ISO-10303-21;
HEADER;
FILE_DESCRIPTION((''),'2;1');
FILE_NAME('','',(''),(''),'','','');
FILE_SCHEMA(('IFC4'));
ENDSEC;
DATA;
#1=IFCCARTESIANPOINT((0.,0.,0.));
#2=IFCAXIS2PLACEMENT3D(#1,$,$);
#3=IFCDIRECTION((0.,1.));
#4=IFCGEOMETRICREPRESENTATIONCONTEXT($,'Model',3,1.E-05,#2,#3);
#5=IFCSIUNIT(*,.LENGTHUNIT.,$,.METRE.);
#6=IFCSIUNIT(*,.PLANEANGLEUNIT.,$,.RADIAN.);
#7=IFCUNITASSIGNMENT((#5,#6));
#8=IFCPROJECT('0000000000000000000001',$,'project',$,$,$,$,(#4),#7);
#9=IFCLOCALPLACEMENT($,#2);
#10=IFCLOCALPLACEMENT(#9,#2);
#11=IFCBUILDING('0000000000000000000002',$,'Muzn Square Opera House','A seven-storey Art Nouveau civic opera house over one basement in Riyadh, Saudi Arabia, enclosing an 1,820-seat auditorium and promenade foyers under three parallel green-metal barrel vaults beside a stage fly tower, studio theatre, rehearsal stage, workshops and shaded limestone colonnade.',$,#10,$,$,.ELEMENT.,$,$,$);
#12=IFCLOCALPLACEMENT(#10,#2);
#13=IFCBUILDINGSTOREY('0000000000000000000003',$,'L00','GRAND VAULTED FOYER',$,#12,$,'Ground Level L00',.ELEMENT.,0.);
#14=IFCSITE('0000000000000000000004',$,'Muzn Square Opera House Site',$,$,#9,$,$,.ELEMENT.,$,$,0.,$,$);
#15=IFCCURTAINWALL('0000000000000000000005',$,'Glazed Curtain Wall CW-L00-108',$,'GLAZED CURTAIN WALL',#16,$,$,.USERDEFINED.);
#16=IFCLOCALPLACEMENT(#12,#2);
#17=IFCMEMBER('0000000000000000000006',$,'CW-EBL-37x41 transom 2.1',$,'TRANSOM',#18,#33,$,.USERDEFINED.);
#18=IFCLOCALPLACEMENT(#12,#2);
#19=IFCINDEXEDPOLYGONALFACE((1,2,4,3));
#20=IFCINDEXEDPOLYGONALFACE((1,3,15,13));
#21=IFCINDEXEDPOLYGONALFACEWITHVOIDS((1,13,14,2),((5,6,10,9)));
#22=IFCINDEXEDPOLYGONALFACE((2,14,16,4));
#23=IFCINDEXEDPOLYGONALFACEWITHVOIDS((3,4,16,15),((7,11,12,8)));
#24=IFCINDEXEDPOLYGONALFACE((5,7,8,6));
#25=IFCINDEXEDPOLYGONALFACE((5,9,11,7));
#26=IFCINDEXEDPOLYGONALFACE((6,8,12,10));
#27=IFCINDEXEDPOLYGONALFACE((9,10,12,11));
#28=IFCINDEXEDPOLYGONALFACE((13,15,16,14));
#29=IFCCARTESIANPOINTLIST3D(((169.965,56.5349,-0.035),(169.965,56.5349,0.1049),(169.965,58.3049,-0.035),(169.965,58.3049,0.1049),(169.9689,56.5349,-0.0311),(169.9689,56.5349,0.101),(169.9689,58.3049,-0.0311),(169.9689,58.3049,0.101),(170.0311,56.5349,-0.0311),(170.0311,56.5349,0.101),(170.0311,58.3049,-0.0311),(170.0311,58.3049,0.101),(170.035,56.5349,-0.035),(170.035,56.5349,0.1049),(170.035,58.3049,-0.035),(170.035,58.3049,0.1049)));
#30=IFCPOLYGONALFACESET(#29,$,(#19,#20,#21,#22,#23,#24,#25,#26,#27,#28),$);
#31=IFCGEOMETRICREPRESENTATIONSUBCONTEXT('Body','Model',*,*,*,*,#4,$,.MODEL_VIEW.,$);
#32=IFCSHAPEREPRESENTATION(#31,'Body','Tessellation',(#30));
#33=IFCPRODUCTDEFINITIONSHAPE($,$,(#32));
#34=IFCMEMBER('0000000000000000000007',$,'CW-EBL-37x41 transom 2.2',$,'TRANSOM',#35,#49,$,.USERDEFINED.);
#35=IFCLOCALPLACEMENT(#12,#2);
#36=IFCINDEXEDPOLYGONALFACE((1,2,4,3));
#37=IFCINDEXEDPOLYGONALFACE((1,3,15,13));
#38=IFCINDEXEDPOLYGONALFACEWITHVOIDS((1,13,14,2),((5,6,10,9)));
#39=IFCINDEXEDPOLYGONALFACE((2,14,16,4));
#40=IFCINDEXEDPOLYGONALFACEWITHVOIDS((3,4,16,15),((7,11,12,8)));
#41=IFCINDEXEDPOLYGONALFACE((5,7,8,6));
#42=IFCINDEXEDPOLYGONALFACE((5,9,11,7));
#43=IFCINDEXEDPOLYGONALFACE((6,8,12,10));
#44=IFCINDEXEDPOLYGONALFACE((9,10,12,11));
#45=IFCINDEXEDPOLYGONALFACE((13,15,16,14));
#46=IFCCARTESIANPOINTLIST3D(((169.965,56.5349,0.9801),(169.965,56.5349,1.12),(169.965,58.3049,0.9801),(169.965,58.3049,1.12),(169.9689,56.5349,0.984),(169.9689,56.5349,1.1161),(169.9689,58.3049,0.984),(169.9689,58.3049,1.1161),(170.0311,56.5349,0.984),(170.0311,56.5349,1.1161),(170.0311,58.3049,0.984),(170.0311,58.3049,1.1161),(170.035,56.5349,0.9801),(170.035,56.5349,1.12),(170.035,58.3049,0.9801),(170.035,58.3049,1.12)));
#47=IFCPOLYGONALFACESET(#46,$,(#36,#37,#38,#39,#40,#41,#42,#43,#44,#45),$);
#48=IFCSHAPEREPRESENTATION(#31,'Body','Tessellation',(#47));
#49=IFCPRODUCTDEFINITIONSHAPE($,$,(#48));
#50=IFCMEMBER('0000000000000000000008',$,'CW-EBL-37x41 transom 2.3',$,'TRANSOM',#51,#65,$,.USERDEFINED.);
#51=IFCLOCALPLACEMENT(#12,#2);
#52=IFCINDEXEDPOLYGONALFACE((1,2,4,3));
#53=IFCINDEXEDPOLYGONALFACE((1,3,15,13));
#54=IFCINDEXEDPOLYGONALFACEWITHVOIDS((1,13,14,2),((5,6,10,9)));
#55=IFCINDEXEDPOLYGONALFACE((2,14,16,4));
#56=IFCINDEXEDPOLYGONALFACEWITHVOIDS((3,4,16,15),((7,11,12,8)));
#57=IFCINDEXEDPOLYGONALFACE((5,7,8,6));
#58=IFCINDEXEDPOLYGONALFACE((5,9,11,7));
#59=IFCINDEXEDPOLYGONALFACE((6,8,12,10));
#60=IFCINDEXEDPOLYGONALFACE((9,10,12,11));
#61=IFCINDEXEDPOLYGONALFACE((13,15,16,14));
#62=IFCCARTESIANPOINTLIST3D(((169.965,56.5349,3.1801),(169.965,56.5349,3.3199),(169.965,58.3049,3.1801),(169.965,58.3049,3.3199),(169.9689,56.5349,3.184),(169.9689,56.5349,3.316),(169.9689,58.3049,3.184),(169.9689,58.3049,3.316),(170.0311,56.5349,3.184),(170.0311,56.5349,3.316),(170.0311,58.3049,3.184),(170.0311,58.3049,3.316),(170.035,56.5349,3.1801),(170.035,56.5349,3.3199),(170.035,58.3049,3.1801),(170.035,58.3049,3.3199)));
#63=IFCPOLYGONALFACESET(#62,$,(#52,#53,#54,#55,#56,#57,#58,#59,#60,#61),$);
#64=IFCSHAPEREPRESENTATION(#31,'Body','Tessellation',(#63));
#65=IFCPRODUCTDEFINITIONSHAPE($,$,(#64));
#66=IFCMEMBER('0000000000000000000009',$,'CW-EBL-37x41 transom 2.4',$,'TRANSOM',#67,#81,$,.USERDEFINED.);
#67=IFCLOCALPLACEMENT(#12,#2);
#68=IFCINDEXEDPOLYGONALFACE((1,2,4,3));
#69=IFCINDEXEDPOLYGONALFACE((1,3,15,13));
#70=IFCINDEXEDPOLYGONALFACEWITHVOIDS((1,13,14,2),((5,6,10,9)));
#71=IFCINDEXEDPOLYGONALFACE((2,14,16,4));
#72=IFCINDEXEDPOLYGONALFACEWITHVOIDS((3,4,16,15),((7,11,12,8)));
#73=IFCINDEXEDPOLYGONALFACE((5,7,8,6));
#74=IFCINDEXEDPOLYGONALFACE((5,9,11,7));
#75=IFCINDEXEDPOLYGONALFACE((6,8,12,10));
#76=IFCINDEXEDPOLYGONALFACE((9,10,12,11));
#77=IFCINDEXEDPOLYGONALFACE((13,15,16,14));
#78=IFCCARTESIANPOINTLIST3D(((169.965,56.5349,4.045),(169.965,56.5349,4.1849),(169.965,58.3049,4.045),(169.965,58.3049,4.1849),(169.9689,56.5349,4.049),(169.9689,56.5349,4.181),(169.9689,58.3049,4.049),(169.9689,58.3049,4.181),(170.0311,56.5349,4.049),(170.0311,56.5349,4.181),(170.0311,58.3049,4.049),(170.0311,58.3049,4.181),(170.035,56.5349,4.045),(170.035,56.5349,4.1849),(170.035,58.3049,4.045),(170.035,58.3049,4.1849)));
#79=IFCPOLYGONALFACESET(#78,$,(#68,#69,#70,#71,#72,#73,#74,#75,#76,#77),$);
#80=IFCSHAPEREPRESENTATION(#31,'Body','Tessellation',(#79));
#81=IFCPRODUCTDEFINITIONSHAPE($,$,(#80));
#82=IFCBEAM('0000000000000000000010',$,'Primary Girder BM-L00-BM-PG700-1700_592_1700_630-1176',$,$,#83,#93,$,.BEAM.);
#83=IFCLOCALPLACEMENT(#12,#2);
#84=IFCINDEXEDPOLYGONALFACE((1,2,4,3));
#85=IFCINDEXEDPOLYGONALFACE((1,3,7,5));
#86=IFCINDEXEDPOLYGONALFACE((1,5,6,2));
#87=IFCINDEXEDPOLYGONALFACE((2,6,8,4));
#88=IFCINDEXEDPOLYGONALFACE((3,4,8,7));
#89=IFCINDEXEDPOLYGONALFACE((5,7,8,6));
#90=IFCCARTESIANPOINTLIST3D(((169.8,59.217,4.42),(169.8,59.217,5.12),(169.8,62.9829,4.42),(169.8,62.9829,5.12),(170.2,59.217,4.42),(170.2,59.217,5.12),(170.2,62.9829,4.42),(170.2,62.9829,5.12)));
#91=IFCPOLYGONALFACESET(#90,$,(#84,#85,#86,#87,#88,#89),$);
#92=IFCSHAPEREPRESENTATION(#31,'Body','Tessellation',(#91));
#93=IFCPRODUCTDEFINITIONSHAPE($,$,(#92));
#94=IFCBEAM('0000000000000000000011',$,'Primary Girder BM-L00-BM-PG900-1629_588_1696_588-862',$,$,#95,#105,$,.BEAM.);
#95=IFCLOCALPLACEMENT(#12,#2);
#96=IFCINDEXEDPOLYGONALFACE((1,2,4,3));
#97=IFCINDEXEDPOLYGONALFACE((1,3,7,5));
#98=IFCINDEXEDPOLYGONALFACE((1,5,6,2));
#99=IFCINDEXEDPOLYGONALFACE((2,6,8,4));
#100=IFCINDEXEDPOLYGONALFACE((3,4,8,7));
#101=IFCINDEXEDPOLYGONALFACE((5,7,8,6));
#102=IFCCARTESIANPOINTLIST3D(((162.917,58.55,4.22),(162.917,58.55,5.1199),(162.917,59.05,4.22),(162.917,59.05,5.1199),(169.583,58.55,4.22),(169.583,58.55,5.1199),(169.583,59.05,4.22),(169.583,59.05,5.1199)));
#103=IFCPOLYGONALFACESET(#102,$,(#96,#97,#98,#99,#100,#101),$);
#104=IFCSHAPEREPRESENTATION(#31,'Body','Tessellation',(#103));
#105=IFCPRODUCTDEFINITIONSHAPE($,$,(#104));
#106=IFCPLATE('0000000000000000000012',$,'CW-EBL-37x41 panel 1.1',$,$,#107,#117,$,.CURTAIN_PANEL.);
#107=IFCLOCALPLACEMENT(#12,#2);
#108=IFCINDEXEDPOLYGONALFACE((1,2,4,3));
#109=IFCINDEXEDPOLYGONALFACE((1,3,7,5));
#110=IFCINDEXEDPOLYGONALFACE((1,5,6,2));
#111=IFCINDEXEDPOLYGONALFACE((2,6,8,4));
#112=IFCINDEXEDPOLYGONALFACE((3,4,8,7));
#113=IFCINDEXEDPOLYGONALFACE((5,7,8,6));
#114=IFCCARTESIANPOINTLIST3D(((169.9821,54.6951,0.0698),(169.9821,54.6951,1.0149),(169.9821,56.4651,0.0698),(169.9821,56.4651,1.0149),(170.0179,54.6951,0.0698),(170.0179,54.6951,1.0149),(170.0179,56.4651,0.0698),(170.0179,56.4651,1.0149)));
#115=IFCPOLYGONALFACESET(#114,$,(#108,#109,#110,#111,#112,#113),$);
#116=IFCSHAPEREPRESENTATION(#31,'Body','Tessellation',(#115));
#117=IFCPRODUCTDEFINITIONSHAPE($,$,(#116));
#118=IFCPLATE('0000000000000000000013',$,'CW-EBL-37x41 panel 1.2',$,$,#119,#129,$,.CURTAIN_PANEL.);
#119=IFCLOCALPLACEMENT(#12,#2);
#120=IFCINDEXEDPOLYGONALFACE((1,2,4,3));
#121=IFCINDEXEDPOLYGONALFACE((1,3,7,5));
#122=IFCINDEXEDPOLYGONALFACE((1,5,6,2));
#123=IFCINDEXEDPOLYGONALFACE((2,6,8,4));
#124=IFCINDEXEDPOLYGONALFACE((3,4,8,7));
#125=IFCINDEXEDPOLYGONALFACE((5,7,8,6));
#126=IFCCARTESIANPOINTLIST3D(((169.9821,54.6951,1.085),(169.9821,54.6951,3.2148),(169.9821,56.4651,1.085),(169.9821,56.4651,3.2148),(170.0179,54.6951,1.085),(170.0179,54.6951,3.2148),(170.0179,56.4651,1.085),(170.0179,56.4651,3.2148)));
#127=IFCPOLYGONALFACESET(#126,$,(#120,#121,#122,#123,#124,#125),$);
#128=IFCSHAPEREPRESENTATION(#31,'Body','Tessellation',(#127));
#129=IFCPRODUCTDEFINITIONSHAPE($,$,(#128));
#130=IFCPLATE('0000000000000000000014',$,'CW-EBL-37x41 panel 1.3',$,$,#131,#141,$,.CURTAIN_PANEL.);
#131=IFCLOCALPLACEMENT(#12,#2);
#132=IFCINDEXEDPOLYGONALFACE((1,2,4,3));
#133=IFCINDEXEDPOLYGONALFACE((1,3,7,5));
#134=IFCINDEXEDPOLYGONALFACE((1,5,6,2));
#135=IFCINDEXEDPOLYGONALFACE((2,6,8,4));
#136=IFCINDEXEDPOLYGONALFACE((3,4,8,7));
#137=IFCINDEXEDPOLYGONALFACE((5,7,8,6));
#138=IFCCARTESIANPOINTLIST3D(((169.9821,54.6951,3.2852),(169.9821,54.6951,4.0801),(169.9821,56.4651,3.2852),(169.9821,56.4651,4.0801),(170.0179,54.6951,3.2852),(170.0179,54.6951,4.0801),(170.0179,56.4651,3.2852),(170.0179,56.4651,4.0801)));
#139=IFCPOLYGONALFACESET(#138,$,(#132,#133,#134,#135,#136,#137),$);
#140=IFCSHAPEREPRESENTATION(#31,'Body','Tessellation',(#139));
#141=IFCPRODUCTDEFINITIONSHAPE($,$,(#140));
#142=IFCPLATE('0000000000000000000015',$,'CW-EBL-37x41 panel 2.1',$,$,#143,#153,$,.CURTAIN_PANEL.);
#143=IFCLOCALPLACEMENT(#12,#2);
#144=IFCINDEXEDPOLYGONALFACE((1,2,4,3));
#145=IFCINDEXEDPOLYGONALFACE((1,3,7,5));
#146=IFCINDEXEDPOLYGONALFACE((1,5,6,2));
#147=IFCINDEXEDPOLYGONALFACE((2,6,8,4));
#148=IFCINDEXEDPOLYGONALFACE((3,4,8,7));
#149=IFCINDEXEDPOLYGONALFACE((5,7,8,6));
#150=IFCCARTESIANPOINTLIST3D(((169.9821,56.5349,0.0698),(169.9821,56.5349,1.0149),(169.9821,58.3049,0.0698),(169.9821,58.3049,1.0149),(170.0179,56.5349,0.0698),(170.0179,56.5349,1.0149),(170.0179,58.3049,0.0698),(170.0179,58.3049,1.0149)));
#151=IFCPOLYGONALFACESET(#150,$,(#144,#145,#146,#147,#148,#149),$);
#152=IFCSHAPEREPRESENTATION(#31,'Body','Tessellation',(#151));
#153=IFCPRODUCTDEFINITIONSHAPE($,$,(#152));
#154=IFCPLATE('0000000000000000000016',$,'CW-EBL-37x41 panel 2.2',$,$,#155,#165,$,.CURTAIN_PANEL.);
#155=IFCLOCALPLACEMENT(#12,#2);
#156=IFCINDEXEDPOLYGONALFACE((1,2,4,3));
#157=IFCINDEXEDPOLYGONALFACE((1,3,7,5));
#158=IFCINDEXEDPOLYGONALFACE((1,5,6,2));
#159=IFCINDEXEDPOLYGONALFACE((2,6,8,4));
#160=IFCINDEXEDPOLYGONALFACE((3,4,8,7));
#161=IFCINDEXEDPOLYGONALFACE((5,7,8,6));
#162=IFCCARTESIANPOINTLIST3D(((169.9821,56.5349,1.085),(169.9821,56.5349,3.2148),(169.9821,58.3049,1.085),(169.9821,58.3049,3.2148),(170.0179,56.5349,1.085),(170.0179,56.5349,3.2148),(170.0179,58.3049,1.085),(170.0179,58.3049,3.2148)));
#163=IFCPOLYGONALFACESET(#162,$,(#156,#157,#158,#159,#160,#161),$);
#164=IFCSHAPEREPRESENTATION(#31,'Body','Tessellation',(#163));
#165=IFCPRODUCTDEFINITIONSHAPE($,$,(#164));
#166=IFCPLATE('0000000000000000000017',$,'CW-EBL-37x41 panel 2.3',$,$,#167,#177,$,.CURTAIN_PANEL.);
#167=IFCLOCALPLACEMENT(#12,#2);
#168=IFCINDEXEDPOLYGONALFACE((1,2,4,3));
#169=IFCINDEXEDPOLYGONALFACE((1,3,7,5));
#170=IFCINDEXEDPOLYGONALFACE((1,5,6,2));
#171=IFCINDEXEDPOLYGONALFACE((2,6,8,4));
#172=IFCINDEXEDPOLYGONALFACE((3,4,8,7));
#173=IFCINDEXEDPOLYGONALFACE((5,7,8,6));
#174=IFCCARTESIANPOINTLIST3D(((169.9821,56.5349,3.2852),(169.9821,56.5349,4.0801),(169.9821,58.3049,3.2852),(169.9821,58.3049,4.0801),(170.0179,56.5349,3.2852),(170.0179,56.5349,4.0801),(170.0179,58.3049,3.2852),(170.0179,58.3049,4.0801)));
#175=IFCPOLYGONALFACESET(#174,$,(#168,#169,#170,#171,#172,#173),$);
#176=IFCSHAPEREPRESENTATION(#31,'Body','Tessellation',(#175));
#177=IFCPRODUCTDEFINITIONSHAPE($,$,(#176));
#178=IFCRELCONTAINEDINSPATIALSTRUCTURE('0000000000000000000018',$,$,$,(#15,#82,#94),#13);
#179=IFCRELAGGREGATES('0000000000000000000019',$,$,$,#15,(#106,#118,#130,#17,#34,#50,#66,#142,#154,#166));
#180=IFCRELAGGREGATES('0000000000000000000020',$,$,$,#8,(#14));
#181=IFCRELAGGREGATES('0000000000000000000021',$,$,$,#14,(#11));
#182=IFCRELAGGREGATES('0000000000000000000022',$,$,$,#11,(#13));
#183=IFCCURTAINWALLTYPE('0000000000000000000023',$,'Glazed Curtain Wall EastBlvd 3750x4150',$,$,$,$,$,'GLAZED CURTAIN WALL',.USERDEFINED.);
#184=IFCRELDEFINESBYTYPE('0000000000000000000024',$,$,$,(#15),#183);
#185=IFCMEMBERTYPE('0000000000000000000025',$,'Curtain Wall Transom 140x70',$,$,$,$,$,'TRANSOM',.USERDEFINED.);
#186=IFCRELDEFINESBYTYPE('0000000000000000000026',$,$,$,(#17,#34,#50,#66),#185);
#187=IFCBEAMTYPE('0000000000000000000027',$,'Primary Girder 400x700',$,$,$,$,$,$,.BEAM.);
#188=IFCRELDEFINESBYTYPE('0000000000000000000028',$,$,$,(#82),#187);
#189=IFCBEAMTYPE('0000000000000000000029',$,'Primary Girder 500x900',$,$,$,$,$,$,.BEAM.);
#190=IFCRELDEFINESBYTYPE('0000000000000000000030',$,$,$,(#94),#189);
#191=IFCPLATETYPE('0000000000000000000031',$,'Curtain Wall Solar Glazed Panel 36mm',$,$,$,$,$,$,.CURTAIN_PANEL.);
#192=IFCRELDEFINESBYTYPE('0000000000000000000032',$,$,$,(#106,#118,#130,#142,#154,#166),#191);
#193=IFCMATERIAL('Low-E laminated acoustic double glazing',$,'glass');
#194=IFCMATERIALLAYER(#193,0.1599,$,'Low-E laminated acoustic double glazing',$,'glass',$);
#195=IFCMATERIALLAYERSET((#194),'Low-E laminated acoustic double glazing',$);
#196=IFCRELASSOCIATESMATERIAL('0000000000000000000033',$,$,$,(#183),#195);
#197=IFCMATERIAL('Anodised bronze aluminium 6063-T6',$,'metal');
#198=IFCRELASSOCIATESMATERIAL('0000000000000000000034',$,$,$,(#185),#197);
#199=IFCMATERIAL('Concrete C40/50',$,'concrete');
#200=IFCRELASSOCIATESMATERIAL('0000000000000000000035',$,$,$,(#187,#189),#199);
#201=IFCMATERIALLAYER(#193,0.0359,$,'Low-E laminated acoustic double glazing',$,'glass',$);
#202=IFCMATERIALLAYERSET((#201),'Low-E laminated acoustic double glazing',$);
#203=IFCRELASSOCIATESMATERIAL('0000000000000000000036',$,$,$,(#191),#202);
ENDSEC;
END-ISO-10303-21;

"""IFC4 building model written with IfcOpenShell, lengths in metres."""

from ifc_helpers import new_model, si_unit, direction, frame, origin, origin_2d, place, context, subcontext, project, spatial, rectangle, hollow_rectangle, extrude, material, layer, layer_set, material_profile, profile_set, type_object, element, aggregate, save


model = new_model("IFC4")

# Units and contexts
model_context = context("Model", 3, precision=1e-05, world=origin(), true_north=direction((0.0, 1.0)))
body_context = subcontext(model_context, "Body", "Model", "MODEL_VIEW")
ifc_project = project(units=[si_unit("LENGTHUNIT", "METRE"), si_unit("PLANEANGLEUNIT", "RADIAN")], contexts=[model_context])

# Site, building, storey
site_placement = place(None, origin())
site = spatial("IfcSite", under=ifc_project, at=site_placement, Name="Muzn Square Opera House Site", CompositionType="ELEMENT", RefElevation=0.0)
building_placement = place(site_placement, origin())
building = spatial("IfcBuilding", under=site, at=building_placement, Name="Muzn Square Opera House", Description="A seven-storey Art Nouveau civic opera house over one basement in Riyadh, Saudi Arabia, enclosing an 1,820-seat auditorium and promenade foyers under three parallel green-metal barrel vaults beside a stage fly tower, studio theatre, rehearsal stage, workshops and shaded limestone colonnade.", CompositionType="ELEMENT")
storey_placement = place(building_placement, origin())
storey = spatial("IfcBuildingStorey", under=building, at=storey_placement, Name="L00", Description="GRAND VAULTED FOYER", LongName="Ground Level L00", CompositionType="ELEMENT", Elevation=0.0)

# Curtain wall
ifc_material_1 = material(Name="Low-E laminated acoustic double glazing", Category="glass")
ifc_layer_1 = layer(ifc_material_1, 0.1599, Name="Low-E laminated acoustic double glazing", Category="glass")
ifc_layer_set_1 = layer_set([ifc_layer_1], Name="Low-E laminated acoustic double glazing")
curtain_wall_type = type_object("IfcCurtainWallType", Name="Glazed Curtain Wall EastBlvd 3750x4150", ElementType="GLAZED CURTAIN WALL", PredefinedType="USERDEFINED", material=ifc_layer_set_1)
curtain_wall_1_placement = place(storey_placement, origin())
curtain_wall_1 = element("IfcCurtainWall", 1, at=curtain_wall_1_placement, inside=storey, type_object=curtain_wall_type, Name="Glazed Curtain Wall CW-L00-108", ObjectType="GLAZED CURTAIN WALL", PredefinedType="USERDEFINED")
ifc_material_2 = material(Name="Anodised bronze aluminium 6063-T6", Category="metal")

# Members
ifc_material_profile_1 = material_profile(ifc_material_2, hollow_rectangle(XDim=0.0701, YDim=0.1399, WallThickness=0.0039, at=origin_2d()), Name="ALU 140x70x4", Category="metal")
ifc_profile_set_1 = profile_set([ifc_material_profile_1], Name="Anodised bronze aluminium 6063-T6")
member_type_1 = type_object("IfcMemberType", Name="Curtain Wall Transom 140x70", ElementType="TRANSOM", PredefinedType="USERDEFINED", material=ifc_profile_set_1)
member_1_placement = place(storey_placement, frame((170.0, 56.5349, 0.0349), z_axis=(0.0, 1.0, 0.0), x_axis=(-1.0, 0.0, 0.0)))
member_1 = element("IfcMember", 2, at=member_1_placement, type_object=member_type_1, Name="CW-EBL-37x41 transom 2.1", ObjectType="TRANSOM", PredefinedType="USERDEFINED", context=body_context, shape_type="SweptSolid", body=[
    extrude(hollow_rectangle(XDim=0.0701, YDim=0.1399, WallThickness=0.0039, at=origin_2d()), origin(), (0.0, 0.0, 1.0), 1.77),
])
member_2_placement = place(storey_placement, frame((170.0, 56.5349, 1.05), z_axis=(0.0, 1.0, 0.0), x_axis=(-1.0, 0.0, 0.0)))
member_2 = element("IfcMember", 3, at=member_2_placement, type_object=member_type_1, Name="CW-EBL-37x41 transom 2.2", ObjectType="TRANSOM", PredefinedType="USERDEFINED", context=body_context, shape_type="SweptSolid", body=[
    extrude(hollow_rectangle(XDim=0.0701, YDim=0.1399, WallThickness=0.0039, at=origin_2d()), origin(), (0.0, 0.0, 1.0), 1.77),
])
member_3_placement = place(storey_placement, frame((170.0, 56.5349, 3.25), z_axis=(0.0, 1.0, 0.0), x_axis=(-1.0, 0.0, 0.0)))
member_3 = element("IfcMember", 4, at=member_3_placement, type_object=member_type_1, Name="CW-EBL-37x41 transom 2.3", ObjectType="TRANSOM", PredefinedType="USERDEFINED", context=body_context, shape_type="SweptSolid", body=[
    extrude(hollow_rectangle(XDim=0.0701, YDim=0.1399, WallThickness=0.0039, at=origin_2d()), origin(), (0.0, 0.0, 1.0), 1.77),
])
member_4_placement = place(storey_placement, frame((170.0, 56.5349, 4.115), z_axis=(0.0, 1.0, 0.0), x_axis=(-1.0, 0.0, 0.0)))
member_4 = element("IfcMember", 5, at=member_4_placement, type_object=member_type_1, Name="CW-EBL-37x41 transom 2.4", ObjectType="TRANSOM", PredefinedType="USERDEFINED", context=body_context, shape_type="SweptSolid", body=[
    extrude(hollow_rectangle(XDim=0.0701, YDim=0.1399, WallThickness=0.0039, at=origin_2d()), origin(), (0.0, 0.0, 1.0), 1.77),
])

# Beams
ifc_material_3 = material(Name="Concrete C40/50", Category="concrete")
ifc_material_profile_2 = material_profile(ifc_material_3, rectangle(XDim=0.3999, YDim=0.7, at=origin_2d()), Name="RCB 400x700", Category="concrete")
ifc_profile_set_2 = profile_set([ifc_material_profile_2], Name="Concrete C40/50")
beam_type_1 = type_object("IfcBeamType", Name="Primary Girder 400x700", PredefinedType="BEAM", material=ifc_profile_set_2)
beam_1_placement = place(storey_placement, frame((170.0, 59.217, 4.77), z_axis=(0.0, 1.0, 0.0), x_axis=(-1.0, 0.0, 0.0)))
element("IfcBeam", 6, at=beam_1_placement, inside=storey, type_object=beam_type_1, Name="Primary Girder BM-L00-BM-PG700-1700_592_1700_630-1176", PredefinedType="BEAM", context=body_context, shape_type="SweptSolid", body=[
    extrude(rectangle(XDim=0.3999, YDim=0.7, at=origin_2d()), origin(), (0.0, 0.0, 1.0), 3.7659),
])
ifc_material_profile_3 = material_profile(ifc_material_3, rectangle(XDim=0.5, YDim=0.8999, at=origin_2d()), Name="RCB 500x900", Category="concrete")
ifc_profile_set_3 = profile_set([ifc_material_profile_3], Name="Concrete C40/50")
beam_type_2 = type_object("IfcBeamType", Name="Primary Girder 500x900", PredefinedType="BEAM", material=ifc_profile_set_3)
beam_2_placement = place(storey_placement, frame((162.917, 58.8, 4.6699), z_axis=(1.0, 0.0, 0.0), x_axis=(0.0, 1.0, 0.0)))
element("IfcBeam", 7, at=beam_2_placement, inside=storey, type_object=beam_type_2, Name="Primary Girder BM-L00-BM-PG900-1629_588_1696_588-862", PredefinedType="BEAM", context=body_context, shape_type="SweptSolid", body=[
    extrude(rectangle(XDim=0.5, YDim=0.8999, at=origin_2d()), origin(), (0.0, 0.0, 1.0), 6.666),
])

# Plates
ifc_layer_2 = layer(ifc_material_1, 0.0359, Name="Low-E laminated acoustic double glazing", Category="glass")
ifc_layer_set_2 = layer_set([ifc_layer_2], Name="Low-E laminated acoustic double glazing")
plate_type = type_object("IfcPlateType", Name="Curtain Wall Solar Glazed Panel 36mm", PredefinedType="CURTAIN_PANEL", material=ifc_layer_set_2)
plate_1_placement = place(storey_placement, frame((170.0, 55.5801, 0.0698), z_axis=(0.0, 0.0, 1.0), x_axis=(0.0, 1.0, 0.0)))
plate_1 = element("IfcPlate", 8, at=plate_1_placement, type_object=plate_type, Name="CW-EBL-37x41 panel 1.1", PredefinedType="CURTAIN_PANEL", context=body_context, shape_type="SweptSolid", body=[
    extrude(rectangle(XDim=1.77, YDim=0.0359, at=origin_2d()), origin(), (0.0, 0.0, 1.0), 0.9451),
])
plate_2_placement = place(storey_placement, frame((170.0, 55.5801, 1.085), z_axis=(0.0, 0.0, 1.0), x_axis=(0.0, 1.0, 0.0)))
plate_2 = element("IfcPlate", 9, at=plate_2_placement, type_object=plate_type, Name="CW-EBL-37x41 panel 1.2", PredefinedType="CURTAIN_PANEL", context=body_context, shape_type="SweptSolid", body=[
    extrude(rectangle(XDim=1.77, YDim=0.0359, at=origin_2d()), origin(), (0.0, 0.0, 1.0), 2.1299),
])
plate_3_placement = place(storey_placement, frame((170.0, 55.5801, 3.2852), z_axis=(0.0, 0.0, 1.0), x_axis=(0.0, 1.0, 0.0)))
plate_3 = element("IfcPlate", 10, at=plate_3_placement, type_object=plate_type, Name="CW-EBL-37x41 panel 1.3", PredefinedType="CURTAIN_PANEL", context=body_context, shape_type="SweptSolid", body=[
    extrude(rectangle(XDim=1.77, YDim=0.0359, at=origin_2d()), origin(), (0.0, 0.0, 1.0), 0.7949),
])
plate_4_placement = place(storey_placement, frame((170.0, 57.4199, 0.0698), z_axis=(0.0, 0.0, 1.0), x_axis=(0.0, 1.0, 0.0)))
plate_4 = element("IfcPlate", 11, at=plate_4_placement, type_object=plate_type, Name="CW-EBL-37x41 panel 2.1", PredefinedType="CURTAIN_PANEL", context=body_context, shape_type="SweptSolid", body=[
    extrude(rectangle(XDim=1.77, YDim=0.0359, at=origin_2d()), origin(), (0.0, 0.0, 1.0), 0.9451),
])
plate_5_placement = place(storey_placement, frame((170.0, 57.4199, 1.085), z_axis=(0.0, 0.0, 1.0), x_axis=(0.0, 1.0, 0.0)))
plate_5 = element("IfcPlate", 12, at=plate_5_placement, type_object=plate_type, Name="CW-EBL-37x41 panel 2.2", PredefinedType="CURTAIN_PANEL", context=body_context, shape_type="SweptSolid", body=[
    extrude(rectangle(XDim=1.77, YDim=0.0359, at=origin_2d()), origin(), (0.0, 0.0, 1.0), 2.1299),
])
plate_6_placement = place(storey_placement, frame((170.0, 57.4199, 3.2852), z_axis=(0.0, 0.0, 1.0), x_axis=(0.0, 1.0, 0.0)))
plate_6 = element("IfcPlate", 13, at=plate_6_placement, type_object=plate_type, Name="CW-EBL-37x41 panel 2.3", PredefinedType="CURTAIN_PANEL", context=body_context, shape_type="SweptSolid", body=[
    extrude(rectangle(XDim=1.77, YDim=0.0359, at=origin_2d()), origin(), (0.0, 0.0, 1.0), 0.7949),
])
aggregate(curtain_wall_1, [plate_1, plate_2, plate_3, member_1, member_2, member_3, member_4, plate_4, plate_5, plate_6])

save(model, "model.ifc")
